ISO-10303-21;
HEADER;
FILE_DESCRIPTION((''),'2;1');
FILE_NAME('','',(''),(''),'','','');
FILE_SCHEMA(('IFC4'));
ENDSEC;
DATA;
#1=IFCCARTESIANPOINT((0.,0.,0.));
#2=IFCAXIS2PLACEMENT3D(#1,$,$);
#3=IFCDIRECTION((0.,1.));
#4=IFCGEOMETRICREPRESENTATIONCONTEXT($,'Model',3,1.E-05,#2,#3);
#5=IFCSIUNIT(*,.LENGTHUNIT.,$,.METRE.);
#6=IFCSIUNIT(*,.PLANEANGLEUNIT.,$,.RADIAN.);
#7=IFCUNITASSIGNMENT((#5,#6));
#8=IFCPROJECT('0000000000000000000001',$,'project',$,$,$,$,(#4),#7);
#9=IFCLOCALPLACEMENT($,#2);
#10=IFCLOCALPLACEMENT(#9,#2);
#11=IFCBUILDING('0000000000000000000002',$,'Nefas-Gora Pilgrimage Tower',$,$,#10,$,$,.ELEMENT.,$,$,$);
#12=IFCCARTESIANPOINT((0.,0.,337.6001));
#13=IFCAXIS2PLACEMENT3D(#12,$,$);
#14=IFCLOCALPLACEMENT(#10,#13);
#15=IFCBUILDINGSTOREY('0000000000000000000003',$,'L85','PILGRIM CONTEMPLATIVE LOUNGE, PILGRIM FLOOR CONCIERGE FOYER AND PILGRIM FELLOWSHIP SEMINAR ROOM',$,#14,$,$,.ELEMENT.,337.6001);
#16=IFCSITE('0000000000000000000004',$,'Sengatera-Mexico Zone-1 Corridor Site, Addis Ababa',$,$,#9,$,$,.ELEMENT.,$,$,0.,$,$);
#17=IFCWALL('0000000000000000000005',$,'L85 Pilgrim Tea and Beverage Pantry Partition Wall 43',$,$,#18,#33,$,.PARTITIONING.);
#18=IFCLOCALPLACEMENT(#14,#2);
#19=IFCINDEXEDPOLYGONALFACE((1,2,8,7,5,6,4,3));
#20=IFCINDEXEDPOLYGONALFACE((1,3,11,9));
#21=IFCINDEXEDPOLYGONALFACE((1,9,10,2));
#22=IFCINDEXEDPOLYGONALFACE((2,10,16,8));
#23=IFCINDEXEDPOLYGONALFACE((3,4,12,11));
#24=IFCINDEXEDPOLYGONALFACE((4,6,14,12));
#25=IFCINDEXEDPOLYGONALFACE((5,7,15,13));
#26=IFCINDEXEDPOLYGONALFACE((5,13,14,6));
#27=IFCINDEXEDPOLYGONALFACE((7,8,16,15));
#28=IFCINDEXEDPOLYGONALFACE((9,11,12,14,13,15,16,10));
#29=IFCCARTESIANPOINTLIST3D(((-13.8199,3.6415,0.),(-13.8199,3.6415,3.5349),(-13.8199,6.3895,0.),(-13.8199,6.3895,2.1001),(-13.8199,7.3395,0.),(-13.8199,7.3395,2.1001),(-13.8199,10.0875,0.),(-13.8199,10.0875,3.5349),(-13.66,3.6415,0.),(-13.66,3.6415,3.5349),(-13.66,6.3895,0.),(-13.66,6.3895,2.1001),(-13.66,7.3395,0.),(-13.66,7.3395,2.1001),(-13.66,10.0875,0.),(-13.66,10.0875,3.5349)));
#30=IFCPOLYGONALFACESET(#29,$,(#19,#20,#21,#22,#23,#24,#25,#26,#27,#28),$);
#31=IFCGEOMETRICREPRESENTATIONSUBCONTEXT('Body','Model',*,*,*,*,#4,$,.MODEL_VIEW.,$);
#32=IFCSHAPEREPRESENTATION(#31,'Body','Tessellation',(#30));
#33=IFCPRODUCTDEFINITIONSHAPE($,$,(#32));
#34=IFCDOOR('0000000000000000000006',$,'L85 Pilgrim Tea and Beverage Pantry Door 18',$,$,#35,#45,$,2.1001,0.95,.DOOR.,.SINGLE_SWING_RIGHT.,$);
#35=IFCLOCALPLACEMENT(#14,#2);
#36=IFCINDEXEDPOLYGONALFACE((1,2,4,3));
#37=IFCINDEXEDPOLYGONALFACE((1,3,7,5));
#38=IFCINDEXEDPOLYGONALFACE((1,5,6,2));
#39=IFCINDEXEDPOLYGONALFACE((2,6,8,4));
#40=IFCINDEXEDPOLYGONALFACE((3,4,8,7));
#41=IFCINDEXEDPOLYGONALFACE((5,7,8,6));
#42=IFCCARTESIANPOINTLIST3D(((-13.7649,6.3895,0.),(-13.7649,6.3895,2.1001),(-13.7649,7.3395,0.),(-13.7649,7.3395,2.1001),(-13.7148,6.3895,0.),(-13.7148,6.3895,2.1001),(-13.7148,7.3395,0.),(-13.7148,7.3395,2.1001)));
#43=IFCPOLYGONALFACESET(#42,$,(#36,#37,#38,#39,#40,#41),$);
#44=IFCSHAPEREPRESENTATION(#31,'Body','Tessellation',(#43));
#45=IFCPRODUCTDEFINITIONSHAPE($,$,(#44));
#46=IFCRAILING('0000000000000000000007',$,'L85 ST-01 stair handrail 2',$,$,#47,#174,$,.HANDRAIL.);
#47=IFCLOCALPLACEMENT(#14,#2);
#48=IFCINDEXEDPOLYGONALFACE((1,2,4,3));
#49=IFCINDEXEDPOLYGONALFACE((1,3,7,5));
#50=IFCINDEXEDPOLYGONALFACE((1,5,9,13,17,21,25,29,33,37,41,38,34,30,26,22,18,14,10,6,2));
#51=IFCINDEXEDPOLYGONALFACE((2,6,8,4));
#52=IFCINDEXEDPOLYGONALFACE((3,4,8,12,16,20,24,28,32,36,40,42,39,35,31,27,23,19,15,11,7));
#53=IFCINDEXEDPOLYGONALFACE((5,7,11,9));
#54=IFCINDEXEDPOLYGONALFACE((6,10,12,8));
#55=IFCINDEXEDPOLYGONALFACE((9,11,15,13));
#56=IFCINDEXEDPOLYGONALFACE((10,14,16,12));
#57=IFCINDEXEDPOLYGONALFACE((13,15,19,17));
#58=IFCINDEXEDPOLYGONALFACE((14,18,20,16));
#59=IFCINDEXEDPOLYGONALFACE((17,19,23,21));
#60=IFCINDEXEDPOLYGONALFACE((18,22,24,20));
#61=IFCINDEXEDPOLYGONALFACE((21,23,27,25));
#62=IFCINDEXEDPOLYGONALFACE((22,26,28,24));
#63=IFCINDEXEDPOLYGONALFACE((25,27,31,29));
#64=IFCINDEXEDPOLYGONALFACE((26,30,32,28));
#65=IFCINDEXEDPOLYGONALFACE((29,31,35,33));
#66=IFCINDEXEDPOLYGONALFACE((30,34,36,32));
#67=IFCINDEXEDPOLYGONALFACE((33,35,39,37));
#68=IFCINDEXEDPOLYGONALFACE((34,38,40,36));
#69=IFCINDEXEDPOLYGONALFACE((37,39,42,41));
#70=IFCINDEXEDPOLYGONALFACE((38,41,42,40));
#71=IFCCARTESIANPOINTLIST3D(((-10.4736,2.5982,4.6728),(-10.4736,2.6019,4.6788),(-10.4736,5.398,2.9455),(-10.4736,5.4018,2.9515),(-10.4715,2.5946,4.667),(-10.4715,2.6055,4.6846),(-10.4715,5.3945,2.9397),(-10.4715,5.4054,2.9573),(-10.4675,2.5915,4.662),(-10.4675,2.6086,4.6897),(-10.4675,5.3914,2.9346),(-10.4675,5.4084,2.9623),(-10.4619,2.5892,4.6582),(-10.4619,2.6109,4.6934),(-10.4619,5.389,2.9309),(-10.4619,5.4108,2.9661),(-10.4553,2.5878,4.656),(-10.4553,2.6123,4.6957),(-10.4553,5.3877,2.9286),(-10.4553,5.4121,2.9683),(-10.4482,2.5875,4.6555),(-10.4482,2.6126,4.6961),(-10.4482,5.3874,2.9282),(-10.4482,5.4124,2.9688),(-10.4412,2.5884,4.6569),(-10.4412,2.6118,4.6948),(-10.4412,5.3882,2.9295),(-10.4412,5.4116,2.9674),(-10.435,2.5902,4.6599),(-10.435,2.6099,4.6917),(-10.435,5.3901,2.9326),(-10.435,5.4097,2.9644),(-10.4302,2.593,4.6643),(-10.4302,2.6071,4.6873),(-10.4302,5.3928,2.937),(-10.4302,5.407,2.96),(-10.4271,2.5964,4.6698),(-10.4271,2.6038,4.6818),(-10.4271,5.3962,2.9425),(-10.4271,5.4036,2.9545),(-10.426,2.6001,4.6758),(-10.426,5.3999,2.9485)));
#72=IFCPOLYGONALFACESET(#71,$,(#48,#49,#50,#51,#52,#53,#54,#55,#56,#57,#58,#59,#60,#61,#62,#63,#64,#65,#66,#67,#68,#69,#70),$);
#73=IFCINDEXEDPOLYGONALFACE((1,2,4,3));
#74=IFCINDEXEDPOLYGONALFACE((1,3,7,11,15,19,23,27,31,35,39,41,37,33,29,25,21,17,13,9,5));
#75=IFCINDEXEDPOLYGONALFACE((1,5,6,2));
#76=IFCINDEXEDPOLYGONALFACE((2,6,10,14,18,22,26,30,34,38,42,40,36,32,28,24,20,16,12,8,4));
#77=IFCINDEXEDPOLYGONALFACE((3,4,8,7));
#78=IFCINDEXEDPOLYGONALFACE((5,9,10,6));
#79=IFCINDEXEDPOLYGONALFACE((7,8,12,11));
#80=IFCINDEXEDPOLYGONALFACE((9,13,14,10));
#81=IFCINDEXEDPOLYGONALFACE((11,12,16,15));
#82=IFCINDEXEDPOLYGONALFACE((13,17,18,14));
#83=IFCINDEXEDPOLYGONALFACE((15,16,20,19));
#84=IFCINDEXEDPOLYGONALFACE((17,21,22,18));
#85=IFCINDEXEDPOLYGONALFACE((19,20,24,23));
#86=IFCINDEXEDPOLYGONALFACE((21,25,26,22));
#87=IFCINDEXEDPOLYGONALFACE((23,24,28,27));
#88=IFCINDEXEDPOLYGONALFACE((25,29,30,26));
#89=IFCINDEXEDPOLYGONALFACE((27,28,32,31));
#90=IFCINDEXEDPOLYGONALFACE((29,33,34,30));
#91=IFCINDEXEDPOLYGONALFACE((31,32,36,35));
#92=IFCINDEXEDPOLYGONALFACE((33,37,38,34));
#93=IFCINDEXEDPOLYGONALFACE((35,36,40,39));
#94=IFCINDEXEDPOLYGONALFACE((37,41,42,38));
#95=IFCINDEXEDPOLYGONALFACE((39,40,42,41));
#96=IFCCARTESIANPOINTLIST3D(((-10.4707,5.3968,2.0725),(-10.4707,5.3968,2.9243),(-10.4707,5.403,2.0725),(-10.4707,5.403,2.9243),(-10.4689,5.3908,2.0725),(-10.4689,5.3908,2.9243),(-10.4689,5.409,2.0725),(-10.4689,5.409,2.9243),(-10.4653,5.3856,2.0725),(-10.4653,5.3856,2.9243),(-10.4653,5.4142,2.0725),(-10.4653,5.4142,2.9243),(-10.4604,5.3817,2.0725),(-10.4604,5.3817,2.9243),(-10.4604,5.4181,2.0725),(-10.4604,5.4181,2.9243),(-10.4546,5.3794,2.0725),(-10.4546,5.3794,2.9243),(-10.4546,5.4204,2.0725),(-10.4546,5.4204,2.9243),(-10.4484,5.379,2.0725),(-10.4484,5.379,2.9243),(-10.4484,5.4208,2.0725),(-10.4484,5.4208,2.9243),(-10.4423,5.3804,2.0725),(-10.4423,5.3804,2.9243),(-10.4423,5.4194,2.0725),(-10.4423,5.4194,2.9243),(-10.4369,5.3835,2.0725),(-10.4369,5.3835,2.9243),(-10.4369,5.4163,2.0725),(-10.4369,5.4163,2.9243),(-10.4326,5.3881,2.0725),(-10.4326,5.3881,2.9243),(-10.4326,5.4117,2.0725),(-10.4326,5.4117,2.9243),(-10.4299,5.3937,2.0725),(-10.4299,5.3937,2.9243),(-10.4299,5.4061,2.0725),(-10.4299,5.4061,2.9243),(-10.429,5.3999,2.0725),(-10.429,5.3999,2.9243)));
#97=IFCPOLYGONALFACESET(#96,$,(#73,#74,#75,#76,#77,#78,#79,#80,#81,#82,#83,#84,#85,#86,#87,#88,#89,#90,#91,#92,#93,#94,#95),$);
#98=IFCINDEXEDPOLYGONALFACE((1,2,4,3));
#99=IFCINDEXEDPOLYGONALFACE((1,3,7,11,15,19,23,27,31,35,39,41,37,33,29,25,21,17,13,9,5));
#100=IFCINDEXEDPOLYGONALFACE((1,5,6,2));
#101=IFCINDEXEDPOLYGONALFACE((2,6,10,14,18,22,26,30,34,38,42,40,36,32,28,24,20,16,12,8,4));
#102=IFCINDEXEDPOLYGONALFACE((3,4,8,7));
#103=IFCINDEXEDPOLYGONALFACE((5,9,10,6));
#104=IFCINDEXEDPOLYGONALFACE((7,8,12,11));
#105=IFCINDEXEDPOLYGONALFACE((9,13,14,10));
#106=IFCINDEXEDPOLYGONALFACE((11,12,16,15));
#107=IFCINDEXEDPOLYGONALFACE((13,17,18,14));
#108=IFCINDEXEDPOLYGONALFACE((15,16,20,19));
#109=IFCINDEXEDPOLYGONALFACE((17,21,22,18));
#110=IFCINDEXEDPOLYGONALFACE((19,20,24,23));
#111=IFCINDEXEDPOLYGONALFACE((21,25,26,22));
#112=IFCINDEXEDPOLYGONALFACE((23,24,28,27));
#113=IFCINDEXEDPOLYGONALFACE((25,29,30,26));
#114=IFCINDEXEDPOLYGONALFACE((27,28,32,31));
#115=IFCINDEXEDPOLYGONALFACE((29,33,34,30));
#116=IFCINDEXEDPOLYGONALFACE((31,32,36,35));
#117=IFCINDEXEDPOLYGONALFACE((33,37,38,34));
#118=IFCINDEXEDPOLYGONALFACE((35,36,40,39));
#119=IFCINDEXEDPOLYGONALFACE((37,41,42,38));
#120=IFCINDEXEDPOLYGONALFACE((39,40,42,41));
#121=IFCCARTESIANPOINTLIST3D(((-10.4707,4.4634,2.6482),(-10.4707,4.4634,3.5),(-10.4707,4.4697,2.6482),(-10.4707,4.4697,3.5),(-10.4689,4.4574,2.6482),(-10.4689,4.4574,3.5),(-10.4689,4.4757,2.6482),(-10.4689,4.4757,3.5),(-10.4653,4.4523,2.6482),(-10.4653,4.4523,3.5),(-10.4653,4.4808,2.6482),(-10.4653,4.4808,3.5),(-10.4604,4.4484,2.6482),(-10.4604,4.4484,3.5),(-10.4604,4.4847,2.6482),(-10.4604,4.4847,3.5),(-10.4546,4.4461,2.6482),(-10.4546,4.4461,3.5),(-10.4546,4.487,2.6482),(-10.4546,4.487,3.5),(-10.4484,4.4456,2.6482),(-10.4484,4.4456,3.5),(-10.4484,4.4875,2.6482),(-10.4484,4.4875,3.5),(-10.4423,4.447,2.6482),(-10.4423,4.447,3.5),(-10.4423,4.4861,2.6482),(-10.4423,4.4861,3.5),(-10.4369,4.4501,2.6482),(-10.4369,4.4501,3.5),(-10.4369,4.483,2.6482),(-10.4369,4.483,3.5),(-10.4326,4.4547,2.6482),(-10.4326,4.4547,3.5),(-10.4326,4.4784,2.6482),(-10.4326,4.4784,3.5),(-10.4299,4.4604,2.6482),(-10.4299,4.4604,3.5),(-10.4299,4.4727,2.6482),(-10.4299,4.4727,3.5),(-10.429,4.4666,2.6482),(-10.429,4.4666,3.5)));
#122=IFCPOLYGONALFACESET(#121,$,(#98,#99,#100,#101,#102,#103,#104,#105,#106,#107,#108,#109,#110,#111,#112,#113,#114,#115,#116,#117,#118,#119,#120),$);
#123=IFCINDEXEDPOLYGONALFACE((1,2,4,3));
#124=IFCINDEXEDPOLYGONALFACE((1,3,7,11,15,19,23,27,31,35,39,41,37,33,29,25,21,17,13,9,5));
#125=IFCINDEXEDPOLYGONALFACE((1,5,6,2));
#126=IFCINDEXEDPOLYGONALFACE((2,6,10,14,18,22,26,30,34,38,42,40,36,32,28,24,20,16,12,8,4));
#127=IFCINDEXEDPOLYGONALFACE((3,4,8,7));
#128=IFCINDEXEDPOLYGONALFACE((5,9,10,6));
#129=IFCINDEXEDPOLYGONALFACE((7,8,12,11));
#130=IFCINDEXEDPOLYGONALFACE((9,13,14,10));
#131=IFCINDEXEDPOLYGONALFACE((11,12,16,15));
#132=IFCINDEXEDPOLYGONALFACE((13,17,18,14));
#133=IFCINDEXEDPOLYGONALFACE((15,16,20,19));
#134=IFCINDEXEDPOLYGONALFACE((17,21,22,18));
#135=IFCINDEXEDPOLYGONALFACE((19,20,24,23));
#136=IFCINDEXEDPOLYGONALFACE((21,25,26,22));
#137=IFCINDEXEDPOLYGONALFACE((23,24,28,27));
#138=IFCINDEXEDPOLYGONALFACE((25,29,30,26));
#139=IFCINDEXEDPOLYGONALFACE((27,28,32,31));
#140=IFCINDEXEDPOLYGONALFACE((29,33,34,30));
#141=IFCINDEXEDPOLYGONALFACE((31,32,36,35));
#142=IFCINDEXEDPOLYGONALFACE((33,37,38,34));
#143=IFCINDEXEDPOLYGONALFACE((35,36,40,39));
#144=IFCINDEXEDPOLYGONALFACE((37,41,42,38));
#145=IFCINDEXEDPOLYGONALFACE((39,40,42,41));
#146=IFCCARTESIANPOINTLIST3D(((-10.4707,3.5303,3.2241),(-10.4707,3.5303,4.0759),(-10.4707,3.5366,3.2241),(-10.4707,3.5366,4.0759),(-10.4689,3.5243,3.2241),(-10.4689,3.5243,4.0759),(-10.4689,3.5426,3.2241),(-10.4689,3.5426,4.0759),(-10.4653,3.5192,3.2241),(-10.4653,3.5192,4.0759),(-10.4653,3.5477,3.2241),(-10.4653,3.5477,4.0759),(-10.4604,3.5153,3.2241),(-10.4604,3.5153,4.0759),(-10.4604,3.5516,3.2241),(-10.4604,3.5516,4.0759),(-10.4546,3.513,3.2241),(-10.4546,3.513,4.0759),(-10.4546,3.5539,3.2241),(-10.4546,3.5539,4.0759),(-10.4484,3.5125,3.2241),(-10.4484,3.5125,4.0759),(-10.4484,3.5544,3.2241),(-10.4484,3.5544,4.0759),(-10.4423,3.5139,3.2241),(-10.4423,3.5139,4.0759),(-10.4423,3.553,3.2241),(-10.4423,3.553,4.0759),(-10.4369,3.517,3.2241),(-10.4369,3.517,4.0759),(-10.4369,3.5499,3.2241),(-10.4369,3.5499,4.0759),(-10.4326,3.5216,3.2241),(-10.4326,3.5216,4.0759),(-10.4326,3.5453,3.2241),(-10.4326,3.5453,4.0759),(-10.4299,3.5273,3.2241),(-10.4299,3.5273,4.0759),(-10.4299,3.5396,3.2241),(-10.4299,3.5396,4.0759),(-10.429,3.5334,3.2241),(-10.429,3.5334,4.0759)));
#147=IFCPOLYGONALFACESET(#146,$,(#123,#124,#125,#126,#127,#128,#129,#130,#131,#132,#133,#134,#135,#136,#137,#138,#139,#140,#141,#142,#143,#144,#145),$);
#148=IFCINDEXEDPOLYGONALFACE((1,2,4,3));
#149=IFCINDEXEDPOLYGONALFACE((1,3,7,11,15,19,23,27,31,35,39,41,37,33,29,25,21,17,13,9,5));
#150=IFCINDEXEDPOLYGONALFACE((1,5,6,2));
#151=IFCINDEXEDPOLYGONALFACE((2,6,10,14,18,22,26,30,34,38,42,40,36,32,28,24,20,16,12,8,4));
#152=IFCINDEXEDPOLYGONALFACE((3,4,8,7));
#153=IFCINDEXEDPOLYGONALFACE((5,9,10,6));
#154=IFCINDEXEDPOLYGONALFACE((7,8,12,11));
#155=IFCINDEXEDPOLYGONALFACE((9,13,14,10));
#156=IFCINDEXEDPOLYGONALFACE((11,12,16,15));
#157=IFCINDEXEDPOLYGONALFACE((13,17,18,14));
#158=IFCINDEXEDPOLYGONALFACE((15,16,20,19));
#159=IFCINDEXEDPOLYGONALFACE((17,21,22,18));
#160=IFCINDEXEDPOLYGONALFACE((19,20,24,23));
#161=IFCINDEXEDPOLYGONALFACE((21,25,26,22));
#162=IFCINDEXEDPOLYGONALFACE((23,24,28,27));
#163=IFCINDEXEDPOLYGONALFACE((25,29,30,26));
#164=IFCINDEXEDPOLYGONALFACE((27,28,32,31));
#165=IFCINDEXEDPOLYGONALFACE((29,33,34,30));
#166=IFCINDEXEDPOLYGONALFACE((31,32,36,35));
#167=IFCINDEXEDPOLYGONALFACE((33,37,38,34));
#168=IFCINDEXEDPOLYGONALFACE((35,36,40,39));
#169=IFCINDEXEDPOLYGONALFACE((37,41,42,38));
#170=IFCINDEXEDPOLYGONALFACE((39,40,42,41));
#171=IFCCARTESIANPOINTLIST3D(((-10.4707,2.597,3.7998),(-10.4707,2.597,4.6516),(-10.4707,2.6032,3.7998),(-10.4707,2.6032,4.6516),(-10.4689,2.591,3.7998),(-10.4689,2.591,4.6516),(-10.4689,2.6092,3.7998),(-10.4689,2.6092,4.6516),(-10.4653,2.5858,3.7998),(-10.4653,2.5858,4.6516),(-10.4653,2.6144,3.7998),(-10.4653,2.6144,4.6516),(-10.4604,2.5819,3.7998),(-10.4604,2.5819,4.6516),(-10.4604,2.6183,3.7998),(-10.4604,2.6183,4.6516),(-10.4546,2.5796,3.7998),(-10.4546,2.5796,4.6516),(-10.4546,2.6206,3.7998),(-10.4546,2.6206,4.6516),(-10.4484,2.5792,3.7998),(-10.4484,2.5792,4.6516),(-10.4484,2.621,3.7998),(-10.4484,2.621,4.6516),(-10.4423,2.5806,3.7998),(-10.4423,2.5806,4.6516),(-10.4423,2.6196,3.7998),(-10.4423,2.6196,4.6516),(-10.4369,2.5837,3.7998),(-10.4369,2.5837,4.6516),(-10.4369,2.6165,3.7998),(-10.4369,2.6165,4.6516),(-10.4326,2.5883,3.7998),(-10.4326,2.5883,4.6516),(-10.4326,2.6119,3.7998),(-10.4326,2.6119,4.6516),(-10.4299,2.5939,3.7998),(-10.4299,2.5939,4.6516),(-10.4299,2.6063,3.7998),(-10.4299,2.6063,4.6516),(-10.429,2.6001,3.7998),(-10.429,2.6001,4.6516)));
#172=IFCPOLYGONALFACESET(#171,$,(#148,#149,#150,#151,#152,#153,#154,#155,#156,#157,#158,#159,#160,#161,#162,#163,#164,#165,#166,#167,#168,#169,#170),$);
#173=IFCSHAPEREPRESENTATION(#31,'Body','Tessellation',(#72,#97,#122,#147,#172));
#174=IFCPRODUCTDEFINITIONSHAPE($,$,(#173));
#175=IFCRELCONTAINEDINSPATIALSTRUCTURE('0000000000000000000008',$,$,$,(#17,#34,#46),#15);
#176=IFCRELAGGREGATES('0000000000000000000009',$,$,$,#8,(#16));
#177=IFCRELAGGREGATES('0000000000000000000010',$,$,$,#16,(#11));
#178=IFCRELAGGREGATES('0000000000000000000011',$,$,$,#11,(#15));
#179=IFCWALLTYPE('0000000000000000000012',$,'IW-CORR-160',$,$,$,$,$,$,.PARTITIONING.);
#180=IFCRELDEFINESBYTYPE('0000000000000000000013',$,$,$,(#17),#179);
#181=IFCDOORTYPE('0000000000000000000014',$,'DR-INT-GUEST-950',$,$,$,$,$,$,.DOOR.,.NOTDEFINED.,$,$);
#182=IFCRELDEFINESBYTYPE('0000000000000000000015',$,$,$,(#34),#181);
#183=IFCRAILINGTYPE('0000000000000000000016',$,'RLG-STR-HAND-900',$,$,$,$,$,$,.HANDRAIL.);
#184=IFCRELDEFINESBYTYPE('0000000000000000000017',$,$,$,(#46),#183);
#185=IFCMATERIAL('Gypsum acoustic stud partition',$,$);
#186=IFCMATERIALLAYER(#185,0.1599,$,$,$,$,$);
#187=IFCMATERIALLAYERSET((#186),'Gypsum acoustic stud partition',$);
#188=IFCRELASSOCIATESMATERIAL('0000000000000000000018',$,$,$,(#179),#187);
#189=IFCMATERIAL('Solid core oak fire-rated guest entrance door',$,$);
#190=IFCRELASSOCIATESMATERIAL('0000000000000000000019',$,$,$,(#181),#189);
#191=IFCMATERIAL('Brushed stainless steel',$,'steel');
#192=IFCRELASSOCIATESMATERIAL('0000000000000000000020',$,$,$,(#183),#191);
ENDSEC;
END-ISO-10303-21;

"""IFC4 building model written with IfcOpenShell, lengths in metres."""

from ifc_helpers import new_model, si_unit, direction, frame, frame_2d, origin, origin_2d, place, context, subcontext, project, spatial, rectangle, circle, extrude, source, transform, mapped, material, layer, layer_set, type_object, element, fill, save


model = new_model("IFC4")

# Units and contexts
model_context = context("Model", 3, precision=1e-05, world=origin(), true_north=direction((0.0, 1.0)))
body_context = subcontext(model_context, "Body", "Model", "MODEL_VIEW")
ifc_project = project(units=[si_unit("LENGTHUNIT", "METRE"), si_unit("PLANEANGLEUNIT", "RADIAN")], contexts=[model_context])

# Site, building, storey
site_placement = place(None, origin())
site = spatial("IfcSite", under=ifc_project, at=site_placement, Name="Sengatera-Mexico Zone-1 Corridor Site, Addis Ababa", CompositionType="ELEMENT", RefElevation=0.0)
building_placement = place(site_placement, origin())
building = spatial("IfcBuilding", under=site, at=building_placement, Name="Nefas-Gora Pilgrimage Tower", CompositionType="ELEMENT")
storey_placement = place(building_placement, frame((0.0, 0.0, 337.6001)))
storey = spatial("IfcBuildingStorey", under=building, at=storey_placement, Name="L85", Description="PILGRIM CONTEMPLATIVE LOUNGE, PILGRIM FLOOR CONCIERGE FOYER AND PILGRIM FELLOWSHIP SEMINAR ROOM", CompositionType="ELEMENT", Elevation=337.6001)

# Wall, opening, door
ifc_material_1 = material(Name="Gypsum acoustic stud partition")
ifc_layer_1 = layer(ifc_material_1, 0.1599)
ifc_layer_set_1 = layer_set([ifc_layer_1], Name="Gypsum acoustic stud partition")
wall_type_1 = type_object("IfcWallType", Name="IW-CORR-160", PredefinedType="PARTITIONING", material=ifc_layer_set_1)
shared_shape_1 = source(origin(), body_context, "Body", "SweptSolid", [
    extrude(rectangle(XDim=6.446, YDim=0.1599, at=frame_2d((3.2231, 0.0))), origin(), (0.0, 0.0, 1.0), 3.5349),
])
wall_1_placement = place(storey_placement, frame((-13.74, 3.6414, 0.0), z_axis=(0.0, 0.0, 1.0), x_axis=(0.0, 1.0, 0.0)))
wall_1 = element("IfcWall", 1, at=wall_1_placement, inside=storey, type_object=wall_type_1, Name="L85 Pilgrim Tea and Beverage Pantry Partition Wall 43", PredefinedType="PARTITIONING", context=body_context, shape_type="MappedRepresentation", body=[
    mapped(shared_shape_1, transform((0.0, 0.0, 0.0), x_axis=(1.0, 0.0, 0.0), y_axis=(0.0, 1.0, 0.0), z_axis=(0.0, 0.0, 1.0), scale=1.0)),
])
opening_placement = place(wall_1_placement, frame((2.748, 0.0, 0.0)))
opening = element("IfcOpeningElement", 2, at=opening_placement, cuts=wall_1, PredefinedType="OPENING", context=body_context, shape_type="SweptSolid", body=[
    extrude(rectangle(XDim=0.95, YDim=2.1001, at=frame_2d((0.4751, 1.05))), frame((0.0, 0.0898, 0.0), z_axis=(0.0, -1.0, 0.0), x_axis=(1.0, 0.0, 0.0)), (0.0, 0.0, 1.0), 0.1799),
])
ifc_material_2 = material(Name="Solid core oak fire-rated guest entrance door")
door_type = type_object("IfcDoorType", Name="DR-INT-GUEST-950", OperationType="NOTDEFINED", PredefinedType="DOOR", material=ifc_material_2)
shared_shape_2 = source(origin(), body_context, "Body", "SweptSolid", [
    extrude(rectangle(XDim=0.95, YDim=2.1001, at=frame_2d((0.4751, 1.05))), frame((0.0, 0.0249, 0.0), z_axis=(0.0, -1.0, 0.0), x_axis=(1.0, 0.0, 0.0)), (0.0, 0.0, 1.0), 0.05),
])
door_placement = place(opening_placement, origin())
door = element("IfcDoor", 3, at=door_placement, inside=storey, type_object=door_type, Name="L85 Pilgrim Tea and Beverage Pantry Door 18", OperationType="SINGLE_SWING_RIGHT", OverallHeight=2.1001, OverallWidth=0.95, PredefinedType="DOOR", context=body_context, shape_type="MappedRepresentation", body=[
    mapped(shared_shape_2, transform((0.0, 0.0, 0.0), x_axis=(1.0, 0.0, 0.0), y_axis=(0.0, 1.0, 0.0), z_axis=(0.0, 0.0, 1.0), scale=1.0)),
])
fill(opening, door)

# Railing
ifc_material_3 = material(Name="Brushed stainless steel", Category="steel")
railing_type = type_object("IfcRailingType", Name="RLG-STR-HAND-900", PredefinedType="HANDRAIL", material=ifc_material_3)
railing_placement = place(storey_placement, frame((-10.45, 5.3999, 2.0725)))
element("IfcRailing", 4, at=railing_placement, inside=storey, type_object=railing_type, Name="L85 ST-01 stair handrail 2", PredefinedType="HANDRAIL", context=body_context, shape_type="SweptSolid", body=[
    extrude(circle(Radius=0.0239, at=origin_2d()), frame((0.0, 0.0, 0.876), z_axis=(0.0, -0.851069, 0.525054), x_axis=(1.0, 0.0, 0.0)), (0.0, 0.0, 1.0), 3.2898),
    extrude(circle(Radius=0.021, at=origin_2d()), origin(), (0.0, 0.0, 1.0), 0.8518),
    extrude(circle(Radius=0.021, at=origin_2d()), frame((0.0, -0.9333, 0.5757)), (0.0, 0.0, 1.0), 0.8518),
    extrude(circle(Radius=0.021, at=origin_2d()), frame((0.0, -1.8665, 1.1516)), (0.0, 0.0, 1.0), 0.8518),
    extrude(circle(Radius=0.021, at=origin_2d()), frame((0.0, -2.7998, 1.7273)), (0.0, 0.0, 1.0), 0.8518),
])

save(model, "model.ifc")
